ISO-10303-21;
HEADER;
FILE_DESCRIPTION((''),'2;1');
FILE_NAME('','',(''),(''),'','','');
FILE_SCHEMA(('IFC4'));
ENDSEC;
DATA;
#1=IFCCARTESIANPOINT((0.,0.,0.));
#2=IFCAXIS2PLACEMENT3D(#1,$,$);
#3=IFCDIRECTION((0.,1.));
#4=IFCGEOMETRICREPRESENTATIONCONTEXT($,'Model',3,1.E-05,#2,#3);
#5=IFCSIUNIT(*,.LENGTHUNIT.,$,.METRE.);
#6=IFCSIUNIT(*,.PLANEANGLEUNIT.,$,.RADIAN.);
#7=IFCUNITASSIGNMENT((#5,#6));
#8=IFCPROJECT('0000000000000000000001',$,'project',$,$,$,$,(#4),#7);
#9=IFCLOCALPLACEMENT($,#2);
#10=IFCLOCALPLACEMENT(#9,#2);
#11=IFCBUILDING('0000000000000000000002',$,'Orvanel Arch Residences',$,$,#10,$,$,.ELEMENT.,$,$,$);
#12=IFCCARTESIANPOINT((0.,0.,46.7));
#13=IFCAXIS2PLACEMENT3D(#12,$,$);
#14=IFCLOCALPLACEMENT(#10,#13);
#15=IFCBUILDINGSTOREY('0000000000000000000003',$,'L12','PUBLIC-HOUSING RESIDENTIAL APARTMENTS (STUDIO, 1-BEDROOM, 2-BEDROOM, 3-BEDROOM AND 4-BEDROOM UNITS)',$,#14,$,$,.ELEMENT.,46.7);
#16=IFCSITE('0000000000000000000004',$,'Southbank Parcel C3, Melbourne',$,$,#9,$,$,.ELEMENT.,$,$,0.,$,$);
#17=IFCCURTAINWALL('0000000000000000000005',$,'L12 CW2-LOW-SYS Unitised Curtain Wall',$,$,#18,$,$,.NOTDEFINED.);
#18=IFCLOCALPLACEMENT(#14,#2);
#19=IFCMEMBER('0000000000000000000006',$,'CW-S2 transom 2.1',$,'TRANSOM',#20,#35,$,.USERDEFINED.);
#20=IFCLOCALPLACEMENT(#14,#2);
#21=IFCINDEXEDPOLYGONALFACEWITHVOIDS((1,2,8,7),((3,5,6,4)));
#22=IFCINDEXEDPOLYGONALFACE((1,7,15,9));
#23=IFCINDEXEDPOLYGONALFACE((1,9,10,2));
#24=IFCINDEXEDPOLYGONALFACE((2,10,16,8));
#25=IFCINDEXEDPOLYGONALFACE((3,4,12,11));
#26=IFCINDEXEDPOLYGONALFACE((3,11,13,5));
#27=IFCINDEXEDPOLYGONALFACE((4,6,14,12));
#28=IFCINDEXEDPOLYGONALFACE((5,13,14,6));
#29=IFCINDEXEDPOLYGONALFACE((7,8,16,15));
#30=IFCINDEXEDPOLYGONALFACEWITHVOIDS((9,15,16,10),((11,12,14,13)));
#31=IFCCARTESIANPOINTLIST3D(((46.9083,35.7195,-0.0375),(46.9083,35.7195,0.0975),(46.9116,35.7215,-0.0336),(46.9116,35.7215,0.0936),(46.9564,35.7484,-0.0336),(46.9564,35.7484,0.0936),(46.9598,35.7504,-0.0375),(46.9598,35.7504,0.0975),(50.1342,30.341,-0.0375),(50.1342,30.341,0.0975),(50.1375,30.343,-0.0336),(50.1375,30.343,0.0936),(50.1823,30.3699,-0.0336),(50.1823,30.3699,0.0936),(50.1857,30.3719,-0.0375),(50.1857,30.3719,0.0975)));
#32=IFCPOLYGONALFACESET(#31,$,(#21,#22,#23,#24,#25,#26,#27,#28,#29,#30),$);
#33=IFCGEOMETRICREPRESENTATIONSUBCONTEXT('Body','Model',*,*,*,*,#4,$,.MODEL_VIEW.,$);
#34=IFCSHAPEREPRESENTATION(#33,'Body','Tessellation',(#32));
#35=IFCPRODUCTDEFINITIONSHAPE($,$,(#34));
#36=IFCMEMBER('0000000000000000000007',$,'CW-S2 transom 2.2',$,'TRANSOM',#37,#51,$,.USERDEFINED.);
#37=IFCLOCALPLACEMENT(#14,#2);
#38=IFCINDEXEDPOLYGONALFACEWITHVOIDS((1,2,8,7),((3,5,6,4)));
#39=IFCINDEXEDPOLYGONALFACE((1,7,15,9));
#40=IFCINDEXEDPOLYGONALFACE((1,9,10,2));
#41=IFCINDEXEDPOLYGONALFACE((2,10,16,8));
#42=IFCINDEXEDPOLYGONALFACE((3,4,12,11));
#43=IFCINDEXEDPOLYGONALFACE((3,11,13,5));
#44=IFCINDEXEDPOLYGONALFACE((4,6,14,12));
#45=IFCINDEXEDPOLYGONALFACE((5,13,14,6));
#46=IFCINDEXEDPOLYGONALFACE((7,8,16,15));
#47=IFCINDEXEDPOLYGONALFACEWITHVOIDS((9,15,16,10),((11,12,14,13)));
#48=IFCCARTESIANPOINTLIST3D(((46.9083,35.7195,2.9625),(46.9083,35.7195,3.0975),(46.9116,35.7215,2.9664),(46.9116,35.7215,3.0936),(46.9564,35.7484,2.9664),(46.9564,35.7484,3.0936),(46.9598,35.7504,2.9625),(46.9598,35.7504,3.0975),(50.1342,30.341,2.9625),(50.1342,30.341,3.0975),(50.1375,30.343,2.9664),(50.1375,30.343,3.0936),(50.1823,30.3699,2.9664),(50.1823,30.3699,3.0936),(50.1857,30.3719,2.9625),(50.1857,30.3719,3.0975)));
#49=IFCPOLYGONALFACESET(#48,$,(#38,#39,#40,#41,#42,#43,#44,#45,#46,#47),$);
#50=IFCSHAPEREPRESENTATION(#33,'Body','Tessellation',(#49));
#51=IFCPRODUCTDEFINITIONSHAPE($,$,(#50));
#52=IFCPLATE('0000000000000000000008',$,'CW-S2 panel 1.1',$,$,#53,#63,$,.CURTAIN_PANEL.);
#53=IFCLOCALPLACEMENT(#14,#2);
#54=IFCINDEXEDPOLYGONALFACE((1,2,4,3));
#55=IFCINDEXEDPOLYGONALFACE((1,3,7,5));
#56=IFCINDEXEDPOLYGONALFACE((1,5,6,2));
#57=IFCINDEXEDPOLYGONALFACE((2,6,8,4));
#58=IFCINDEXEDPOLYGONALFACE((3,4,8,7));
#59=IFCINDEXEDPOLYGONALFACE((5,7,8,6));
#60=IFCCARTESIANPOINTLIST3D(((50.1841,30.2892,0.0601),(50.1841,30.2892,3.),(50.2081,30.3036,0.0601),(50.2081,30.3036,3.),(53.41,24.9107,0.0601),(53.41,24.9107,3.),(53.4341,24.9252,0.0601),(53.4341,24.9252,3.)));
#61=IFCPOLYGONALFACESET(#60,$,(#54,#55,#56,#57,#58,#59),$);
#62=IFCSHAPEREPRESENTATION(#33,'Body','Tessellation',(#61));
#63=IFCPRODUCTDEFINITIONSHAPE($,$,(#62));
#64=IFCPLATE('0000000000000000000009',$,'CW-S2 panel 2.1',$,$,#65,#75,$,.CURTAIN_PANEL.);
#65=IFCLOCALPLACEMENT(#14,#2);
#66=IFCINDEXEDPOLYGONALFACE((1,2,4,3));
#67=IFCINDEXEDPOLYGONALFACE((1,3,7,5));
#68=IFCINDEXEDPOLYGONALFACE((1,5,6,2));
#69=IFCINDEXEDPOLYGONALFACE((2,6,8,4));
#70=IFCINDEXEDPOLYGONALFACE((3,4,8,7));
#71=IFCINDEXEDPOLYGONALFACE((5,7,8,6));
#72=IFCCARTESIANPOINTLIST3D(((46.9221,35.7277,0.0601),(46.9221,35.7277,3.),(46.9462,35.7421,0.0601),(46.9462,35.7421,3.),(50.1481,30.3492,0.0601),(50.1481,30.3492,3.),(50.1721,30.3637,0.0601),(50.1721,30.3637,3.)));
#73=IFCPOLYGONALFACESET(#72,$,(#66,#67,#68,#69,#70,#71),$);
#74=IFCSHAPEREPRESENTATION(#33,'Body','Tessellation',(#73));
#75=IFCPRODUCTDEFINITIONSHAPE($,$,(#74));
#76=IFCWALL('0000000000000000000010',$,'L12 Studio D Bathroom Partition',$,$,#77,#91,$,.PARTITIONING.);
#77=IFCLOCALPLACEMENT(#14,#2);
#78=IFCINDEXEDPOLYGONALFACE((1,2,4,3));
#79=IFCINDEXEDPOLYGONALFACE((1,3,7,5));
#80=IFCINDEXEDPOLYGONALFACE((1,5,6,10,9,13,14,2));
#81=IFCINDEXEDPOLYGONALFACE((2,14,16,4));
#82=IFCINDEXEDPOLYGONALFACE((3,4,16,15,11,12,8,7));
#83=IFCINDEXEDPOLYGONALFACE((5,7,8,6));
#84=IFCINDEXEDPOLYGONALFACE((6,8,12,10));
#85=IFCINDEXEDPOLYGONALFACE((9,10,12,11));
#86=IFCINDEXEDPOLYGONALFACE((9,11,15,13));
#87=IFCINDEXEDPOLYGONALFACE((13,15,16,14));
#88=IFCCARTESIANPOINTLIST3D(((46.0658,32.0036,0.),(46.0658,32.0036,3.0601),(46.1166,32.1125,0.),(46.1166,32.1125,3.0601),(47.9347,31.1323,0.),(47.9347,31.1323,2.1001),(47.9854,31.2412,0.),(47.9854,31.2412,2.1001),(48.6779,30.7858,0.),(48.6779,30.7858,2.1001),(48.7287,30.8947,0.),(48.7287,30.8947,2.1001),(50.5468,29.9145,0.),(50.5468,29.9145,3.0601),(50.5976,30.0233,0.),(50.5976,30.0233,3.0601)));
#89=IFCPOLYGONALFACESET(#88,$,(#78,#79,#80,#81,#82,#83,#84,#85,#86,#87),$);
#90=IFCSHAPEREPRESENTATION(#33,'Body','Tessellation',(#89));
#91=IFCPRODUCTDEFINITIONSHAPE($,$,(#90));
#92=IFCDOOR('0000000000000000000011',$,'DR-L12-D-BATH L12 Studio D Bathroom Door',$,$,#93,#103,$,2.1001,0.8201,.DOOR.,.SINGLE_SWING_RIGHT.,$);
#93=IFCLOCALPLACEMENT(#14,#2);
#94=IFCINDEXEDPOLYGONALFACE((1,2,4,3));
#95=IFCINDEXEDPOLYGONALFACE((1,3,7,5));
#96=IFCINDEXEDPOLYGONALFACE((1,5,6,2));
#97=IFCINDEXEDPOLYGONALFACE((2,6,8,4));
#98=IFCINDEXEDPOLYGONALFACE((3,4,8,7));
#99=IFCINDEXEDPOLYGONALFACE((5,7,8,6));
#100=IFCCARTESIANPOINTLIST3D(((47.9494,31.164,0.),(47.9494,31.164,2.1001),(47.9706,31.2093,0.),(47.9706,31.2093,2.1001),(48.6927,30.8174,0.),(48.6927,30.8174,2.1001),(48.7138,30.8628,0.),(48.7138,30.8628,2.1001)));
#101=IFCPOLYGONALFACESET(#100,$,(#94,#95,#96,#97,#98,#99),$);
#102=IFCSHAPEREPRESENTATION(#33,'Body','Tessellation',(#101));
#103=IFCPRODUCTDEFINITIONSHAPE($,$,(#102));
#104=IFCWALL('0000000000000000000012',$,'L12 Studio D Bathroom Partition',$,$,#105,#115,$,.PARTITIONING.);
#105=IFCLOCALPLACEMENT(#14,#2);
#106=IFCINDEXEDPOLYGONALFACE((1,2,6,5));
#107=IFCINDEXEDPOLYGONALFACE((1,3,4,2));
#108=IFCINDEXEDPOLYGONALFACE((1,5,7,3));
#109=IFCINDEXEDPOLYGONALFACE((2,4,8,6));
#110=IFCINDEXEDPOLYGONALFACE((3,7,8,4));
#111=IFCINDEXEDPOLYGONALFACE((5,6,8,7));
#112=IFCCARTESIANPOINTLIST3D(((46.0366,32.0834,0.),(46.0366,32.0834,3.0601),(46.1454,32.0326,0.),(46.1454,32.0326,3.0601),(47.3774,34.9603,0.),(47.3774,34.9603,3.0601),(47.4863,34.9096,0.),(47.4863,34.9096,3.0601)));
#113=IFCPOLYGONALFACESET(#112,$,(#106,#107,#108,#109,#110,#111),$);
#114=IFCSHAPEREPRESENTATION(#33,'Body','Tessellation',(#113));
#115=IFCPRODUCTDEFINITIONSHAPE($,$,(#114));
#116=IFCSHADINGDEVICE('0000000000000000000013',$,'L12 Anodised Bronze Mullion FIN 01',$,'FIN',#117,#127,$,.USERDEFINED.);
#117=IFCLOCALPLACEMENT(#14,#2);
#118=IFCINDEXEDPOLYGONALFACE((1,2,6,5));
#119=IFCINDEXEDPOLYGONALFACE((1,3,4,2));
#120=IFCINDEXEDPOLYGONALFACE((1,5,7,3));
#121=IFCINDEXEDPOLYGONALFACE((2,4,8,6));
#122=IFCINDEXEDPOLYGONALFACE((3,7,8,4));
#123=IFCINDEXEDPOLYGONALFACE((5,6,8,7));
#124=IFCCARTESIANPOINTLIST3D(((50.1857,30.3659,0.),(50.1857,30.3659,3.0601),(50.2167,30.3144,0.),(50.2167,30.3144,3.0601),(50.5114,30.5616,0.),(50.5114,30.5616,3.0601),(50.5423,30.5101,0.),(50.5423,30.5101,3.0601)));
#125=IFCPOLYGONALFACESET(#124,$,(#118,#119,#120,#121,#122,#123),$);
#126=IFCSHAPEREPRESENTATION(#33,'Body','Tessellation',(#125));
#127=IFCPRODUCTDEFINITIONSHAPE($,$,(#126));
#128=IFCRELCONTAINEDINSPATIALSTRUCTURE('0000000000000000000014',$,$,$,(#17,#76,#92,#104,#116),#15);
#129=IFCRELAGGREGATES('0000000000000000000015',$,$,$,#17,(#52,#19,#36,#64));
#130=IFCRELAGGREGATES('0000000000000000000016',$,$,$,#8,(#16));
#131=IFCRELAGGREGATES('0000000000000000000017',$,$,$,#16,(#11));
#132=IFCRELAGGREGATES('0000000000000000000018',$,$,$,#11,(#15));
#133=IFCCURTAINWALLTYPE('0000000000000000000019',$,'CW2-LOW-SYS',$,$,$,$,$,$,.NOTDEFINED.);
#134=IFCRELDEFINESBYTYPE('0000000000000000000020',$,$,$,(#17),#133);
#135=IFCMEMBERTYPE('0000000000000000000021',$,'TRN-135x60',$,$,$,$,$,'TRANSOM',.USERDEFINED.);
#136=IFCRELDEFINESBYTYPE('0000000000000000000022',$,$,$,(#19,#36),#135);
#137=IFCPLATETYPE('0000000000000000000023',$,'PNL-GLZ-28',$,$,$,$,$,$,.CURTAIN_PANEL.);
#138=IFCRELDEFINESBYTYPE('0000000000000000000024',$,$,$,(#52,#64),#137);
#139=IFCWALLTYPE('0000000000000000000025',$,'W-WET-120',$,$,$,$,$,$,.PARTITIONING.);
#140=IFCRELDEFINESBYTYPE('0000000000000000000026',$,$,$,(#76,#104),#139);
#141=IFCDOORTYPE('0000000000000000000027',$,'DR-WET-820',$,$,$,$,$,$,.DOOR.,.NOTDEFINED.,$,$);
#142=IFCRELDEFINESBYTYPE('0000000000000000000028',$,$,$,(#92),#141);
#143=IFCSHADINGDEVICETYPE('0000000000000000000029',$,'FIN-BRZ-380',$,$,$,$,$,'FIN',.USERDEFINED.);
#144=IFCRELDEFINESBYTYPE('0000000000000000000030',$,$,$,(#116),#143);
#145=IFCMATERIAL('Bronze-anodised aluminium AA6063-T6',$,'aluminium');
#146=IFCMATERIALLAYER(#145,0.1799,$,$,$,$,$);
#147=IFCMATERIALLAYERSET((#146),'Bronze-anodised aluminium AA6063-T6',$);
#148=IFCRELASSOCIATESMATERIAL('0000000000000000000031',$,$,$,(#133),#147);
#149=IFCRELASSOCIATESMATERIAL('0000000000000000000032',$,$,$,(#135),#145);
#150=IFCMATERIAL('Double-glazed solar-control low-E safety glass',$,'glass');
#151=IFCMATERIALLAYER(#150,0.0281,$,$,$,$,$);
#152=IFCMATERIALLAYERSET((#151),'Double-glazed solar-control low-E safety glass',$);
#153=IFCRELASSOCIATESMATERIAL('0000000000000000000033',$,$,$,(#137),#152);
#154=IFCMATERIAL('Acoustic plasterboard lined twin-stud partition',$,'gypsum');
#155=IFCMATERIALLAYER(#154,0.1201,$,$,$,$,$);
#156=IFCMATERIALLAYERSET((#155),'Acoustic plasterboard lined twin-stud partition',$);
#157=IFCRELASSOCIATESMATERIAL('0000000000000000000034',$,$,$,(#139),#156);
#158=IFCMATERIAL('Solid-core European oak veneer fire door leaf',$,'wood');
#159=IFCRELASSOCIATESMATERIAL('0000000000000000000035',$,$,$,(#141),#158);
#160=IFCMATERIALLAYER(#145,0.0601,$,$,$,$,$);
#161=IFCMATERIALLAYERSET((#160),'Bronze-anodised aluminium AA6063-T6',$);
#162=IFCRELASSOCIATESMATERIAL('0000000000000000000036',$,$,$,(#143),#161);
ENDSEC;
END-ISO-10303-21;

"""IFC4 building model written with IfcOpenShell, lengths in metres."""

from ifc_helpers import new_model, si_unit, direction, frame, frame_2d, origin, origin_2d, place, context, subcontext, project, spatial, rectangle, hollow_rectangle, extrude, material, layer, layer_set, material_profile, profile_set, type_object, element, fill, aggregate, save


model = new_model("IFC4")

# Units and contexts
model_context = context("Model", 3, precision=1e-05, world=origin(), true_north=direction((0.0, 1.0)))
body_context = subcontext(model_context, "Body", "Model", "MODEL_VIEW")
ifc_project = project(units=[si_unit("LENGTHUNIT", "METRE"), si_unit("PLANEANGLEUNIT", "RADIAN")], contexts=[model_context])

# Site, building, storey
site_placement = place(None, origin())
site = spatial("IfcSite", under=ifc_project, at=site_placement, Name="Southbank Parcel C3, Melbourne", CompositionType="ELEMENT", RefElevation=0.0)
building_placement = place(site_placement, origin())
building = spatial("IfcBuilding", under=site, at=building_placement, Name="Orvanel Arch Residences", CompositionType="ELEMENT")
storey_placement = place(building_placement, frame((0.0, 0.0, 46.7)))
storey = spatial("IfcBuildingStorey", under=building, at=storey_placement, Name="L12", Description="PUBLIC-HOUSING RESIDENTIAL APARTMENTS (STUDIO, 1-BEDROOM, 2-BEDROOM, 3-BEDROOM AND 4-BEDROOM UNITS)", CompositionType="ELEMENT", Elevation=46.7)

# Shared definitions
ifc_material_1 = material(Name="Bronze-anodised aluminium AA6063-T6", Category="aluminium")
ifc_layer_1 = layer(ifc_material_1, 0.1799)
ifc_layer_set_1 = layer_set([ifc_layer_1], Name="Bronze-anodised aluminium AA6063-T6")
curtain_wall_type = type_object("IfcCurtainWallType", Name="CW2-LOW-SYS", PredefinedType="NOTDEFINED", material=ifc_layer_set_1)

# Curtain wall
curtain_wall_1_placement = place(storey_placement, origin())
curtain_wall_1 = element("IfcCurtainWall", 1, at=curtain_wall_1_placement, inside=storey, type_object=curtain_wall_type, Name="L12 CW2-LOW-SYS Unitised Curtain Wall", PredefinedType="NOTDEFINED")

# Members
ifc_material_profile_1 = material_profile(ifc_material_1, hollow_rectangle(XDim=0.0601, YDim=0.135, WallThickness=0.0039, at=origin_2d()), Name="ALU135x60x4")
ifc_profile_set_1 = profile_set([ifc_material_profile_1], Name="Bronze-anodised aluminium AA6063-T6")
member_type_1 = type_object("IfcMemberType", Name="TRN-135x60", ElementType="TRANSOM", PredefinedType="USERDEFINED", material=ifc_profile_set_1)
member_1_placement = place(storey_placement, frame((50.1599, 30.3564, 0.03), z_axis=(-0.514353, 0.857579, 0.0), x_axis=(-0.857579, -0.514353, 0.0)))
member_1 = element("IfcMember", 2, at=member_1_placement, type_object=member_type_1, Name="CW-S2 transom 2.1", ObjectType="TRANSOM", PredefinedType="USERDEFINED", context=body_context, shape_type="SweptSolid", body=[
    extrude(hollow_rectangle(XDim=0.0601, YDim=0.135, WallThickness=0.0039, at=origin_2d()), origin(), (0.0, 0.0, 1.0), 6.2717),
])
member_2_placement = place(storey_placement, frame((50.1599, 30.3564, 3.03), z_axis=(-0.514353, 0.857579, 0.0), x_axis=(-0.857579, -0.514353, 0.0)))
member_2 = element("IfcMember", 3, at=member_2_placement, type_object=member_type_1, Name="CW-S2 transom 2.2", ObjectType="TRANSOM", PredefinedType="USERDEFINED", context=body_context, shape_type="SweptSolid", body=[
    extrude(hollow_rectangle(XDim=0.0601, YDim=0.135, WallThickness=0.0039, at=origin_2d()), origin(), (0.0, 0.0, 1.0), 6.2717),
])

# Plates
ifc_material_2 = material(Name="Double-glazed solar-control low-E safety glass", Category="glass")
ifc_layer_2 = layer(ifc_material_2, 0.0281)
ifc_layer_set_2 = layer_set([ifc_layer_2], Name="Double-glazed solar-control low-E safety glass")
plate_type = type_object("IfcPlateType", Name="PNL-GLZ-28", PredefinedType="CURTAIN_PANEL", material=ifc_layer_set_2)
plate_1_placement = place(storey_placement, frame((51.8091, 27.6072, 0.0601), z_axis=(0.0, 0.0, 1.0), x_axis=(-0.514369, 0.857569, 0.0)))
plate_1 = element("IfcPlate", 4, at=plate_1_placement, type_object=plate_type, Name="CW-S2 panel 1.1", PredefinedType="CURTAIN_PANEL", context=body_context, shape_type="SweptSolid", body=[
    extrude(rectangle(XDim=6.2717, YDim=0.0281, at=origin_2d()), origin(), (0.0, 0.0, 1.0), 2.9399),
])
plate_2_placement = place(storey_placement, frame((48.5471, 33.0457, 0.0601), z_axis=(0.0, 0.0, 1.0), x_axis=(-0.514369, 0.857569, 0.0)))
plate_2 = element("IfcPlate", 5, at=plate_2_placement, type_object=plate_type, Name="CW-S2 panel 2.1", PredefinedType="CURTAIN_PANEL", context=body_context, shape_type="SweptSolid", body=[
    extrude(rectangle(XDim=6.2717, YDim=0.0281, at=origin_2d()), origin(), (0.0, 0.0, 1.0), 2.9399),
])
aggregate(curtain_wall_1, [plate_1, member_1, member_2, plate_2])

# Wall, opening, door
ifc_material_3 = material(Name="Acoustic plasterboard lined twin-stud partition", Category="gypsum")
ifc_layer_3 = layer(ifc_material_3, 0.1201)
ifc_layer_set_3 = layer_set([ifc_layer_3], Name="Acoustic plasterboard lined twin-stud partition")
wall_type = type_object("IfcWallType", Name="W-WET-120", PredefinedType="PARTITIONING", material=ifc_layer_set_3)
wall_1_placement = place(storey_placement, frame((46.0911, 32.0581, 0.0), z_axis=(0.0, 0.0, 1.0), x_axis=(0.906338, -0.422553, 0.0)))
wall_1 = element("IfcWall", 6, at=wall_1_placement, inside=storey, type_object=wall_type, Name="L12 Studio D Bathroom Partition", PredefinedType="PARTITIONING", context=body_context, shape_type="SweptSolid", body=[
    extrude(rectangle(XDim=4.9441, YDim=0.1201, at=frame_2d((2.4722, 0.0))), origin(), (0.0, 0.0, 1.0), 3.0601),
])
opening_placement = place(wall_1_placement, frame((2.062, 0.0, 0.0)))
opening = element("IfcOpeningElement", 7, at=opening_placement, cuts=wall_1, PredefinedType="OPENING", context=body_context, shape_type="SweptSolid", body=[
    extrude(rectangle(XDim=0.8201, YDim=2.1001, at=frame_2d((0.4102, 1.05))), frame((0.0, 0.0701, 0.0), z_axis=(0.0, -1.0, 0.0), x_axis=(1.0, 0.0, 0.0)), (0.0, 0.0, 1.0), 0.1401),
])
ifc_material_4 = material(Name="Solid-core European oak veneer fire door leaf", Category="wood")
door_type = type_object("IfcDoorType", Name="DR-WET-820", OperationType="NOTDEFINED", PredefinedType="DOOR", material=ifc_material_4)
door_placement = place(opening_placement, origin())
door = element("IfcDoor", 8, at=door_placement, inside=storey, type_object=door_type, Name="DR-L12-D-BATH L12 Studio D Bathroom Door", OperationType="SINGLE_SWING_RIGHT", OverallHeight=2.1001, OverallWidth=0.8201, PredefinedType="DOOR", context=body_context, shape_type="SweptSolid", body=[
    extrude(rectangle(XDim=0.8201, YDim=2.1001, at=frame_2d((0.4102, 1.05))), frame((0.0, 0.0249, 0.0), z_axis=(0.0, -1.0, 0.0), x_axis=(1.0, 0.0, 0.0)), (0.0, 0.0, 1.0), 0.05),
])
fill(opening, door)

# Wall
wall_2_placement = place(storey_placement, frame((46.0911, 32.0581, 0.0), z_axis=(0.0, 0.0, 1.0), x_axis=(0.422431, 0.906395, 0.0)))
element("IfcWall", 9, at=wall_2_placement, inside=storey, type_object=wall_type, Name="L12 Studio D Bathroom Partition", PredefinedType="PARTITIONING", context=body_context, shape_type="SweptSolid", body=[
    extrude(rectangle(XDim=3.1741, YDim=0.1201, at=frame_2d((1.5869, 0.0))), origin(), (0.0, 0.0, 1.0), 3.0601),
])

# Shading device
ifc_layer_4 = layer(ifc_material_1, 0.0601)
ifc_layer_set_4 = layer_set([ifc_layer_4], Name="Bronze-anodised aluminium AA6063-T6")
shading_device_type = type_object("IfcShadingDeviceType", Name="FIN-BRZ-380", ElementType="FIN", PredefinedType="USERDEFINED", material=ifc_layer_set_4)
shading_device_placement = place(storey_placement, frame((50.364, 30.438, 0.0), z_axis=(0.0, 0.0, 1.0), x_axis=(0.857167, 0.515038, 0.0)))
element("IfcShadingDevice", 10, at=shading_device_placement, inside=storey, type_object=shading_device_type, Name="L12 Anodised Bronze Mullion FIN 01", ObjectType="FIN", PredefinedType="USERDEFINED", context=body_context, shape_type="SweptSolid", body=[
    extrude(rectangle(XDim=0.3799, YDim=0.0601, at=origin_2d()), origin(), (0.0, 0.0, 1.0), 3.0601),
])

save(model, "model.ifc")
